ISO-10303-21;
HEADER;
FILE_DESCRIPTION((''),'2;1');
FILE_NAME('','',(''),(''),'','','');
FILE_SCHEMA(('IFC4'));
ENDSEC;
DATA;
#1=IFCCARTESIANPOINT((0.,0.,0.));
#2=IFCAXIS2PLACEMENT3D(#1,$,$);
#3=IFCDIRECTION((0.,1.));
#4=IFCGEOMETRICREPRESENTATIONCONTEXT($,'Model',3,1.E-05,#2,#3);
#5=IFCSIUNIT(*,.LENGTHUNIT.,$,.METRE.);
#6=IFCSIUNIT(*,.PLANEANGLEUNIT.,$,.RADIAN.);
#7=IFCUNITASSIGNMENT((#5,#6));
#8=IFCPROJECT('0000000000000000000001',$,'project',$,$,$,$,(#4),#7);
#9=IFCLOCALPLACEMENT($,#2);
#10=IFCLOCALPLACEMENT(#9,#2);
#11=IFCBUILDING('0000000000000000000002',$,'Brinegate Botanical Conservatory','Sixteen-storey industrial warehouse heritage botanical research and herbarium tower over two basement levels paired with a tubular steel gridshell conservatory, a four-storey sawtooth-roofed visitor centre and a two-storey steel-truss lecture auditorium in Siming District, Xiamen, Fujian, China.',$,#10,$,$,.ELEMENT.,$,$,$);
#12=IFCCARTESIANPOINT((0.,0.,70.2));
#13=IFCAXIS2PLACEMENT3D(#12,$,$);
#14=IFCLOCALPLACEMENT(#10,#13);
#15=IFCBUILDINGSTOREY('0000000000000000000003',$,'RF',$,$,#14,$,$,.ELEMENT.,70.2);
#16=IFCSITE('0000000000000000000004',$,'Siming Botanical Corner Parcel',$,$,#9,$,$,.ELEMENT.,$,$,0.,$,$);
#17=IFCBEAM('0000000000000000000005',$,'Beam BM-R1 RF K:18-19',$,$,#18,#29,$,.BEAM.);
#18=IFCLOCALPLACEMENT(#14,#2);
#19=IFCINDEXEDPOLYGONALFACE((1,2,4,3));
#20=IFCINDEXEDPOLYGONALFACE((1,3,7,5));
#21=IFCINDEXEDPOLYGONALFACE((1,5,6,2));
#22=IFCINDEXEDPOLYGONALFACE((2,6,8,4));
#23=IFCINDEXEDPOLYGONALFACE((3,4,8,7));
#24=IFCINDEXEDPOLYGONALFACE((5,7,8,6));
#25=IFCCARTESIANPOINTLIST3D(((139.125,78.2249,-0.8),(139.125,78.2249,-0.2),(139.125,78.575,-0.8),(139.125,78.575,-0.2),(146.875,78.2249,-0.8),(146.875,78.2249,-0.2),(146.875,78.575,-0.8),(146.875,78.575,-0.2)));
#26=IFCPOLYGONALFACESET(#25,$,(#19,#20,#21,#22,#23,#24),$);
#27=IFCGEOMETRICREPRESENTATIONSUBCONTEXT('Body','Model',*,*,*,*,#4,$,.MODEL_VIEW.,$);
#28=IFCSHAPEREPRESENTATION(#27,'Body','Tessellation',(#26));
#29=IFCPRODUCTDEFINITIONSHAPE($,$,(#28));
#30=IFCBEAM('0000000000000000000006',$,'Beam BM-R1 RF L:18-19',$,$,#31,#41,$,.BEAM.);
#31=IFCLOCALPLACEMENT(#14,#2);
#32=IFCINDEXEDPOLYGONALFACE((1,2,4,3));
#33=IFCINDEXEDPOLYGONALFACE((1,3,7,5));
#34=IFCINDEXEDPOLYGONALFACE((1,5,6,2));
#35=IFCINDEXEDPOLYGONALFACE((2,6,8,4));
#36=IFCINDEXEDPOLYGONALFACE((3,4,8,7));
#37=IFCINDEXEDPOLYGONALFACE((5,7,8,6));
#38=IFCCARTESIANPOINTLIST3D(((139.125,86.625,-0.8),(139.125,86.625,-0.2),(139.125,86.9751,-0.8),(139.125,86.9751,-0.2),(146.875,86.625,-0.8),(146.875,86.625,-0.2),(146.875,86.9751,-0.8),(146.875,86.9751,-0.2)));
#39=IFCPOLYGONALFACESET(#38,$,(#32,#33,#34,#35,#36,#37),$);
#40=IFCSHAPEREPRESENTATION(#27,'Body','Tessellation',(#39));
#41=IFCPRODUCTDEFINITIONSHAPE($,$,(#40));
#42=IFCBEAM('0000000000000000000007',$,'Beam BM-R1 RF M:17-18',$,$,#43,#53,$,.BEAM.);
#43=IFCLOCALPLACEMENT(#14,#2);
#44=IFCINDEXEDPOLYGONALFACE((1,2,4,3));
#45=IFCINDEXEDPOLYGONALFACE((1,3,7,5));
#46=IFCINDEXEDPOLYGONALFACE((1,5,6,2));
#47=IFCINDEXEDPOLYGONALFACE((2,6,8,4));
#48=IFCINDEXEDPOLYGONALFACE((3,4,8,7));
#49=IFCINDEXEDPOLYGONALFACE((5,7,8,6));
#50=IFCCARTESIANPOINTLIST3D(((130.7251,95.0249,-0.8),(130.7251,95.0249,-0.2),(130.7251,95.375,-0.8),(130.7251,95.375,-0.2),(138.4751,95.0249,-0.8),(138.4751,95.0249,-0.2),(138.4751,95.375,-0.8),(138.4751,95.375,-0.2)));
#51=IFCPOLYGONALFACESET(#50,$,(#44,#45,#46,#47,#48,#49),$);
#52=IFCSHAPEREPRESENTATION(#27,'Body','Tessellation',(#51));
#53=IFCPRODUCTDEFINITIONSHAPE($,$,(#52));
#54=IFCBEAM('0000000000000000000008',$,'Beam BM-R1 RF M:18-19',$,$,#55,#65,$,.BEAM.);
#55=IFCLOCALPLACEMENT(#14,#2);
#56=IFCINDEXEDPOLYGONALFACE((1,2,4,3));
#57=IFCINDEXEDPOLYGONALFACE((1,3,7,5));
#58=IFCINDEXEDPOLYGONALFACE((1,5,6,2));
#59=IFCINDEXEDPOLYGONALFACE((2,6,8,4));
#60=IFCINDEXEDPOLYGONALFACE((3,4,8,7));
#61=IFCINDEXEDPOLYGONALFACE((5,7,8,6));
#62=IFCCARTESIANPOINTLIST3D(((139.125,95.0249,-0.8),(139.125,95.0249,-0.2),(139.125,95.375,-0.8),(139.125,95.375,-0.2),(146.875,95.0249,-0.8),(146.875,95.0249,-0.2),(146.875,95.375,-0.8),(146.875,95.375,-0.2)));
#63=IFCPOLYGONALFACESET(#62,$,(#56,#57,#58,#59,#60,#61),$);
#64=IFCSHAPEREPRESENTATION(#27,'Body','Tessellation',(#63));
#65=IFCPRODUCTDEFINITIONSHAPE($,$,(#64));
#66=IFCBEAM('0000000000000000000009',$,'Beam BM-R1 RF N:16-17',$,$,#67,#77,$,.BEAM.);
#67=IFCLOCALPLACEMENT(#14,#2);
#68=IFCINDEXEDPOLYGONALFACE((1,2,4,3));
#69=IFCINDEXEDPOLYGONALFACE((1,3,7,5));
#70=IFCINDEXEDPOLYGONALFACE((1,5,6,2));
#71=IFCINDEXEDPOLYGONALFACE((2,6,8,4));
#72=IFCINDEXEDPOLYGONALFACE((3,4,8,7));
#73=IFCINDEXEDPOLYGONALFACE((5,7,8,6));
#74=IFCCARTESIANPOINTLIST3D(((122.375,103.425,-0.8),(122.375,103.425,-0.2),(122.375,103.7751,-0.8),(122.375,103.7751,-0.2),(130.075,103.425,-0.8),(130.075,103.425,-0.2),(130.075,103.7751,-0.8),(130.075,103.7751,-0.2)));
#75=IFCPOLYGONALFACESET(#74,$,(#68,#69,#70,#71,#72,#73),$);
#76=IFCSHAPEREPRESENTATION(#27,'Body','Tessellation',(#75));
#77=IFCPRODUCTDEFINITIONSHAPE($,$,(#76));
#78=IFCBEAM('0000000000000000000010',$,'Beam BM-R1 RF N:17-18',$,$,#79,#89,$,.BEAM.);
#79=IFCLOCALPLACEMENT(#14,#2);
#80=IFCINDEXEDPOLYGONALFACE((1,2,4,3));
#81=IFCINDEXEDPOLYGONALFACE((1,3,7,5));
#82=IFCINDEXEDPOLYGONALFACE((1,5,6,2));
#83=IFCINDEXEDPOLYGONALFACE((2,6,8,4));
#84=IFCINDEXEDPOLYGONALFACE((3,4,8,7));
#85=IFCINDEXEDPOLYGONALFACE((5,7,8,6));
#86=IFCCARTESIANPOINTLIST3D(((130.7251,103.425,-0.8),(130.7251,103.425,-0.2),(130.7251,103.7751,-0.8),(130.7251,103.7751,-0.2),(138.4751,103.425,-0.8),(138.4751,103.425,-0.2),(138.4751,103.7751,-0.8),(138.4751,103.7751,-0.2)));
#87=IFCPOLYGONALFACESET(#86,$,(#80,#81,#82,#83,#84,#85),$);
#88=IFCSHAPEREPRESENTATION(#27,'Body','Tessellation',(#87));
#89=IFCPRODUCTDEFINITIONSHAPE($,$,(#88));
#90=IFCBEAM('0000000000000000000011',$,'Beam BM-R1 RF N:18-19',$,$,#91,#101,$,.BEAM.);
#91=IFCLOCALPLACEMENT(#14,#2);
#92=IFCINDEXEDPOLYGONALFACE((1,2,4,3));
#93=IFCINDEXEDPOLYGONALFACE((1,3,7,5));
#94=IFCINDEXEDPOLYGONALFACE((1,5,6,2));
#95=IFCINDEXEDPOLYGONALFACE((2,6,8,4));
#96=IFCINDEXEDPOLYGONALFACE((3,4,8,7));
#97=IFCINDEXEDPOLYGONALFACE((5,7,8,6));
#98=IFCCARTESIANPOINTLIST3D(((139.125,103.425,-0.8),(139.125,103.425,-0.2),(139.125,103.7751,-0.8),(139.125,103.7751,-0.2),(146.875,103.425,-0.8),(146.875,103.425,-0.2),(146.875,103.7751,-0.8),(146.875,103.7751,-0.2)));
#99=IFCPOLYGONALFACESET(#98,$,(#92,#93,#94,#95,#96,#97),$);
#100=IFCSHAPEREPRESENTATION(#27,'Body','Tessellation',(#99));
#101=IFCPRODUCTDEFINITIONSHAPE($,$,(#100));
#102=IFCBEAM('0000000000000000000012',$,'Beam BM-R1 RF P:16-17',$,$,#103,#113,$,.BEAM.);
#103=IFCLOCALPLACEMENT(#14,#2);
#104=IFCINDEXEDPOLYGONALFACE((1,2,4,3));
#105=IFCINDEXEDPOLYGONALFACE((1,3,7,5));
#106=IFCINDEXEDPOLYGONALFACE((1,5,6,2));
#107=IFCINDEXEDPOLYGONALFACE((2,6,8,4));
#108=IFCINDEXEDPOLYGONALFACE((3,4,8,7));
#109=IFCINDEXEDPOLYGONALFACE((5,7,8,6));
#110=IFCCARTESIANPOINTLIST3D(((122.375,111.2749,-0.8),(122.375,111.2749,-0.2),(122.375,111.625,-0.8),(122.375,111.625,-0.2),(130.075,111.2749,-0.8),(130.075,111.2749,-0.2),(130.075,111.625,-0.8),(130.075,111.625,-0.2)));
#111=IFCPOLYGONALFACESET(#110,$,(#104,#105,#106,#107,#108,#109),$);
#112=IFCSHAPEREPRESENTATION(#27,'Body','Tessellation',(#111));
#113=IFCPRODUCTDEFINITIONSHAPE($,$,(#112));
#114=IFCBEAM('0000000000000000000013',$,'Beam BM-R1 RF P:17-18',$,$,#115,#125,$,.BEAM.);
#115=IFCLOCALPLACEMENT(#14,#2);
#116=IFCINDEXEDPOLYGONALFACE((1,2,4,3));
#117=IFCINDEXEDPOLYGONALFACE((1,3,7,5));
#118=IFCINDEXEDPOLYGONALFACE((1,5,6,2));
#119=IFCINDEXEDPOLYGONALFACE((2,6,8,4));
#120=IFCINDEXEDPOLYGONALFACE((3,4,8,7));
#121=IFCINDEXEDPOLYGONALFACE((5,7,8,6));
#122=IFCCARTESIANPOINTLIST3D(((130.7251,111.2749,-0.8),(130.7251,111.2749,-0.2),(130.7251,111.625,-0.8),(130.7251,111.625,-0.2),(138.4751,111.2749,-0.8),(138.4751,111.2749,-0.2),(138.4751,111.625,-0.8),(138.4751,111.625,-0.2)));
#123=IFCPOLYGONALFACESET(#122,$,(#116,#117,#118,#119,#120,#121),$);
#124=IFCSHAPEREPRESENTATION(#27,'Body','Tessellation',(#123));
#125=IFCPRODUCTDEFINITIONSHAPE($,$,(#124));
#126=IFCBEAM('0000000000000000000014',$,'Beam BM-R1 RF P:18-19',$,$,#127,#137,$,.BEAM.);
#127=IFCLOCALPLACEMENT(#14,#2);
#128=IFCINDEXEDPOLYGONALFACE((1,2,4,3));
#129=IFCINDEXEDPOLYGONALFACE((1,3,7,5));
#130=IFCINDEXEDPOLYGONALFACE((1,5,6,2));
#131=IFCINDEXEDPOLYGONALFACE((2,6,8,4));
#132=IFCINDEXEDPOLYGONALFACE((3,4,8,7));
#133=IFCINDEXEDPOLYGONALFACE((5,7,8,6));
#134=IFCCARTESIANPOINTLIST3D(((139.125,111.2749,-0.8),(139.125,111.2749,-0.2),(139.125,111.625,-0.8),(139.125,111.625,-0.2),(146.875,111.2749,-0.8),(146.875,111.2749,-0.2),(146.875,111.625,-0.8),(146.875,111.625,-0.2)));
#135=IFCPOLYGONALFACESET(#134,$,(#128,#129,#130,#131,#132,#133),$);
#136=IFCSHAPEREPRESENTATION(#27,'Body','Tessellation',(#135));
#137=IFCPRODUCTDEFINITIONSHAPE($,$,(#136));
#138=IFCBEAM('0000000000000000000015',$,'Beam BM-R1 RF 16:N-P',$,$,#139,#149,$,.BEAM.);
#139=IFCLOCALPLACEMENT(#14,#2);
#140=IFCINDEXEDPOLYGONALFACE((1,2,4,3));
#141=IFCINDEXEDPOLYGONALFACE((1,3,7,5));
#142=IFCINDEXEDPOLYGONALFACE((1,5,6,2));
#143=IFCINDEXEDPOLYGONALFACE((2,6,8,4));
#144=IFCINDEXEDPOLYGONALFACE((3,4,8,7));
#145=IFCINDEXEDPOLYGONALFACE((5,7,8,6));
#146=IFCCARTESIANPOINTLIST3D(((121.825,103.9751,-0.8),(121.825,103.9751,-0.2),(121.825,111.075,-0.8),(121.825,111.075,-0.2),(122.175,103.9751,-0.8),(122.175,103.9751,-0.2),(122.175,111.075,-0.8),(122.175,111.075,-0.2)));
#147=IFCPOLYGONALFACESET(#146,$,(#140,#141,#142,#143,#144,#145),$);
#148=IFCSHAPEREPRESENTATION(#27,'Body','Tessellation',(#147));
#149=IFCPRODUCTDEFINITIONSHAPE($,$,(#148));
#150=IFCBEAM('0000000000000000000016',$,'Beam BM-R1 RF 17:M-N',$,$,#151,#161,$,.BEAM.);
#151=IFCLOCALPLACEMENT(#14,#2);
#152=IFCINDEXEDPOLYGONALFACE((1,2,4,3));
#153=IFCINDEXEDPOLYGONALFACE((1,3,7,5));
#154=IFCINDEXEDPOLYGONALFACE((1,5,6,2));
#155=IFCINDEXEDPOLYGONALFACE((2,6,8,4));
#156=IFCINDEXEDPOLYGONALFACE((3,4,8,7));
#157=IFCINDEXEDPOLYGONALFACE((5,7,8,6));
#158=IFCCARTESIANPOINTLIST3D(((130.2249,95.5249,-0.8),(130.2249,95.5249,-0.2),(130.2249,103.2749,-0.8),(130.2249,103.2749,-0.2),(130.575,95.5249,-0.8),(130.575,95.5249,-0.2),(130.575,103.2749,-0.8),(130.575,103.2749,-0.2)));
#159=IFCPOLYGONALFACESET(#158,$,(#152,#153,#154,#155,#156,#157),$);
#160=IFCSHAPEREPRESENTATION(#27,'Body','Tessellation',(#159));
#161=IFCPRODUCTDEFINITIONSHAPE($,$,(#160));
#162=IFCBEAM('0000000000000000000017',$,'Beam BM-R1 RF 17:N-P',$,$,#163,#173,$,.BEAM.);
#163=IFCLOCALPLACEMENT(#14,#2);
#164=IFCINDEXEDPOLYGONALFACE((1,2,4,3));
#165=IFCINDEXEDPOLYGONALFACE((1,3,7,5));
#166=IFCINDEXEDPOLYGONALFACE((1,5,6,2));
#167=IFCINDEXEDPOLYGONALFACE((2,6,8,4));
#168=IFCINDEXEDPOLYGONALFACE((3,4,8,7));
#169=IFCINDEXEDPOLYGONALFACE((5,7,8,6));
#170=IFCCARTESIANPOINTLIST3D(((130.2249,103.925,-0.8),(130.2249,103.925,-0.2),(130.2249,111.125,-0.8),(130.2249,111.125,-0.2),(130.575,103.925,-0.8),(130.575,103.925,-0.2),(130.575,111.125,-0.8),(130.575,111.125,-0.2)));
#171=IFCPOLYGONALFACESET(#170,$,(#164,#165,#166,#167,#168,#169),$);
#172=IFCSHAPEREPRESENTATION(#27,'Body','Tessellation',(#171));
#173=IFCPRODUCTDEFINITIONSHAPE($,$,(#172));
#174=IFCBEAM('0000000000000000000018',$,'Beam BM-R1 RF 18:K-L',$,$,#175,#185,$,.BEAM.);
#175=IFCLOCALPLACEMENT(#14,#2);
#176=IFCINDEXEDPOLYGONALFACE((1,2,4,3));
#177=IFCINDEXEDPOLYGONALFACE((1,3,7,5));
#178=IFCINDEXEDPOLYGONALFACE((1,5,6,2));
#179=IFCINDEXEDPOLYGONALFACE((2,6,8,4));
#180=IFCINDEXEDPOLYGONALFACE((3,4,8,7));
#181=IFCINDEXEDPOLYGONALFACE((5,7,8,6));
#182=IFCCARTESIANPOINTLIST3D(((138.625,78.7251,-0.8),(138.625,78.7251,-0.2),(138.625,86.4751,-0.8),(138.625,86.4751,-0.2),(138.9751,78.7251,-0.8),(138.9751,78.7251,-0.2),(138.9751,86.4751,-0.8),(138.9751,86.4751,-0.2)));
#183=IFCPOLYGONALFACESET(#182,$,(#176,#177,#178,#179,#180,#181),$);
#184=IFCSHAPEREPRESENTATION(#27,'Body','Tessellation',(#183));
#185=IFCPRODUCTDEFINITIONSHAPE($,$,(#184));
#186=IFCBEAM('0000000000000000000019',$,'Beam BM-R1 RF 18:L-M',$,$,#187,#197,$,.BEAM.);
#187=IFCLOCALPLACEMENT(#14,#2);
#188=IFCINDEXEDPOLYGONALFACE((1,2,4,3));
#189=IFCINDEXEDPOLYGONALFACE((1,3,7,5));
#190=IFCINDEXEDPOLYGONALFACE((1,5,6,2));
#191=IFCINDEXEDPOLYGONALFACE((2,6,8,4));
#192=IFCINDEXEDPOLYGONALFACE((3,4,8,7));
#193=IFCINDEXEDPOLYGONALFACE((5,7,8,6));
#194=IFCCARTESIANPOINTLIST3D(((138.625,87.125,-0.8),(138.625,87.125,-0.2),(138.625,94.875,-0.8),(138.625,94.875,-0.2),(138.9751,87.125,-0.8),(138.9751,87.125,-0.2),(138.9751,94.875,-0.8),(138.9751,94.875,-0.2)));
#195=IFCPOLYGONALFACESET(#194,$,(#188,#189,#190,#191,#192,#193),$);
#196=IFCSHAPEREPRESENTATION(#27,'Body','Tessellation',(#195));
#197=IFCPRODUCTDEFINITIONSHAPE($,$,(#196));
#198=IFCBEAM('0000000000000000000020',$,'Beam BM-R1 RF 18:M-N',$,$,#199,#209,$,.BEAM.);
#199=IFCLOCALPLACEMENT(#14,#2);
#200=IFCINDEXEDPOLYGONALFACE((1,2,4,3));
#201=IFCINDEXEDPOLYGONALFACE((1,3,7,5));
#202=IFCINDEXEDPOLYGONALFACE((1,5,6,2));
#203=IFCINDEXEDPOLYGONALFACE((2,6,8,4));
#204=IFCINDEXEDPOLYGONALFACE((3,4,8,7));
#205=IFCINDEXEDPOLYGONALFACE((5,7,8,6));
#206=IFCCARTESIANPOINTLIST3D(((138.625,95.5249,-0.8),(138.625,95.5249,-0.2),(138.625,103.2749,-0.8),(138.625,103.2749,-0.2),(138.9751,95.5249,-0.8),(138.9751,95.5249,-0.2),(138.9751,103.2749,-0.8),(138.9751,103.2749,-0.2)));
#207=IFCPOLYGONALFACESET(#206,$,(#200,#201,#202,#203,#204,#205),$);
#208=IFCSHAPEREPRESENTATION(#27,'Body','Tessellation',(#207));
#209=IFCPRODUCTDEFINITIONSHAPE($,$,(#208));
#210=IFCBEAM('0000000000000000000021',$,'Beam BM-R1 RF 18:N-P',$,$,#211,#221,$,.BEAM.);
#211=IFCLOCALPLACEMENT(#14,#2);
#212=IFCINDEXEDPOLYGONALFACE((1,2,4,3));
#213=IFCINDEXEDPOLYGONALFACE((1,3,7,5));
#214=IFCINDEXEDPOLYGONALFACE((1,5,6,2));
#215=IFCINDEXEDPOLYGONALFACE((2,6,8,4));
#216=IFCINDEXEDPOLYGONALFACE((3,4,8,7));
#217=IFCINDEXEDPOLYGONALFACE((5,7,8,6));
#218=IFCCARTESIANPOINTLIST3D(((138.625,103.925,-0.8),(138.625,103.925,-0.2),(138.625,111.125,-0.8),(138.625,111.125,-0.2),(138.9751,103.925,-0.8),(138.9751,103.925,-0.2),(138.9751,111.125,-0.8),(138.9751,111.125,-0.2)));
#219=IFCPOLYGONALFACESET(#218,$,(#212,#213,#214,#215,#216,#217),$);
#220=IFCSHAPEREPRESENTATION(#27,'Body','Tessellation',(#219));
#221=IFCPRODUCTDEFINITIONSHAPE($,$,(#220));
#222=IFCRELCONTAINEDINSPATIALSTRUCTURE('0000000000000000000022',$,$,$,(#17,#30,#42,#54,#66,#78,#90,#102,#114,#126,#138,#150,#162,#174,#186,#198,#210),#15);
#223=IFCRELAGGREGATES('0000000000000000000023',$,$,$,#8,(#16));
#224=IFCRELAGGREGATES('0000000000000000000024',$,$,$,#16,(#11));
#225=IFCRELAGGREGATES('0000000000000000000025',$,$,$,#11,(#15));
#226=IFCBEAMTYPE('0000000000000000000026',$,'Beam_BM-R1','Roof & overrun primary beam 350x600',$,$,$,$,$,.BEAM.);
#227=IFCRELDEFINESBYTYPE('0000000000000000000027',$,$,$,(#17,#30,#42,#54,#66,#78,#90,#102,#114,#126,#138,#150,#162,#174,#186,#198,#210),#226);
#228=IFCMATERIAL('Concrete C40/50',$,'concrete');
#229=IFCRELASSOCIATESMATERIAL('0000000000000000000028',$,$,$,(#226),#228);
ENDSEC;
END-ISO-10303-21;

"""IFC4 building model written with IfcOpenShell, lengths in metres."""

from ifc_helpers import new_model, si_unit, direction, frame, origin, origin_2d, place, context, subcontext, project, spatial, rectangle, extrude, material, material_profile, profile_set, type_object, element, save


model = new_model("IFC4")

# Units and contexts
model_context = context("Model", 3, precision=1e-05, world=origin(), true_north=direction((0.0, 1.0)))
body_context = subcontext(model_context, "Body", "Model", "MODEL_VIEW")
ifc_project = project(units=[si_unit("LENGTHUNIT", "METRE"), si_unit("PLANEANGLEUNIT", "RADIAN")], contexts=[model_context])

# Site, building, storey
site_placement = place(None, origin())
site = spatial("IfcSite", under=ifc_project, at=site_placement, Name="Siming Botanical Corner Parcel", CompositionType="ELEMENT", RefElevation=0.0)
building_placement = place(site_placement, origin())
building = spatial("IfcBuilding", under=site, at=building_placement, Name="Brinegate Botanical Conservatory", Description="Sixteen-storey industrial warehouse heritage botanical research and herbarium tower over two basement levels paired with a tubular steel gridshell conservatory, a four-storey sawtooth-roofed visitor centre and a two-storey steel-truss lecture auditorium in Siming District, Xiamen, Fujian, China.", CompositionType="ELEMENT")
storey_placement = place(building_placement, frame((0.0, 0.0, 70.2)))
storey = spatial("IfcBuildingStorey", under=building, at=storey_placement, Name="RF", CompositionType="ELEMENT", Elevation=70.2)

# Beams
ifc_material_1 = material(Name="Concrete C40/50", Category="concrete")
ifc_material_profile_1 = material_profile(ifc_material_1, rectangle(XDim=0.3501, YDim=0.6001, at=origin_2d()), Name="RC BM 350x600")
ifc_profile_set_1 = profile_set([ifc_material_profile_1], Name="Concrete C40/50")
beam_type_1 = type_object("IfcBeamType", Name="Beam_BM-R1", Description="Roof & overrun primary beam 350x600", PredefinedType="BEAM", material=ifc_profile_set_1)
for number, where, z_axis, x_axis, name in (
    (1, (139.125, 78.3999, -0.5), (1.0, 0.0, 0.0), (0.0, 1.0, 0.0), "Beam BM-R1 RF K:18-19"),
    (2, (139.125, 86.8, -0.5), (1.0, 0.0, 0.0), (0.0, 1.0, 0.0), "Beam BM-R1 RF L:18-19"),
    (3, (130.7251, 95.2, -0.5), (1.0, 0.0, 0.0), (0.0, 1.0, 0.0), "Beam BM-R1 RF M:17-18"),
    (4, (139.125, 95.2, -0.5), (1.0, 0.0, 0.0), (0.0, 1.0, 0.0), "Beam BM-R1 RF M:18-19"),
):
    element("IfcBeam", number, at=place(storey_placement, frame(where, z_axis=z_axis, x_axis=x_axis)), inside=storey, type_object=beam_type_1, Name=name, PredefinedType="BEAM", context=body_context, shape_type="SweptSolid", body=[
        extrude(rectangle(XDim=0.3501, YDim=0.6001, at=origin_2d()), origin(), (0.0, 0.0, 1.0), 7.75),
    ])
beam_1_placement = place(storey_placement, frame((122.375, 103.6001, -0.5), z_axis=(1.0, 0.0, 0.0), x_axis=(0.0, 1.0, 0.0)))
element("IfcBeam", 5, at=beam_1_placement, inside=storey, type_object=beam_type_1, Name="Beam BM-R1 RF N:16-17", PredefinedType="BEAM", context=body_context, shape_type="SweptSolid", body=[
    extrude(rectangle(XDim=0.3501, YDim=0.6001, at=origin_2d()), origin(), (0.0, 0.0, 1.0), 7.7),
])
for number, where, z_axis, x_axis, name in (
    (6, (130.7251, 103.6001, -0.5), (1.0, 0.0, 0.0), (0.0, 1.0, 0.0), "Beam BM-R1 RF N:17-18"),
    (7, (139.125, 103.6001, -0.5), (1.0, 0.0, 0.0), (0.0, 1.0, 0.0), "Beam BM-R1 RF N:18-19"),
):
    element("IfcBeam", number, at=place(storey_placement, frame(where, z_axis=z_axis, x_axis=x_axis)), inside=storey, type_object=beam_type_1, Name=name, PredefinedType="BEAM", context=body_context, shape_type="SweptSolid", body=[
        extrude(rectangle(XDim=0.3501, YDim=0.6001, at=origin_2d()), origin(), (0.0, 0.0, 1.0), 7.75),
    ])
beam_2_placement = place(storey_placement, frame((122.375, 111.45, -0.5), z_axis=(1.0, 0.0, 0.0), x_axis=(0.0, 1.0, 0.0)))
element("IfcBeam", 8, at=beam_2_placement, inside=storey, type_object=beam_type_1, Name="Beam BM-R1 RF P:16-17", PredefinedType="BEAM", context=body_context, shape_type="SweptSolid", body=[
    extrude(rectangle(XDim=0.3501, YDim=0.6001, at=origin_2d()), origin(), (0.0, 0.0, 1.0), 7.7),
])
for number, where, z_axis, x_axis, name in (
    (9, (130.7251, 111.45, -0.5), (1.0, 0.0, 0.0), (0.0, 1.0, 0.0), "Beam BM-R1 RF P:17-18"),
    (10, (139.125, 111.45, -0.5), (1.0, 0.0, 0.0), (0.0, 1.0, 0.0), "Beam BM-R1 RF P:18-19"),
):
    element("IfcBeam", number, at=place(storey_placement, frame(where, z_axis=z_axis, x_axis=x_axis)), inside=storey, type_object=beam_type_1, Name=name, PredefinedType="BEAM", context=body_context, shape_type="SweptSolid", body=[
        extrude(rectangle(XDim=0.3501, YDim=0.6001, at=origin_2d()), origin(), (0.0, 0.0, 1.0), 7.75),
    ])
beam_3_placement = place(storey_placement, frame((122.0, 103.9751, -0.5), z_axis=(0.0, 1.0, 0.0), x_axis=(-1.0, 0.0, 0.0)))
element("IfcBeam", 11, at=beam_3_placement, inside=storey, type_object=beam_type_1, Name="Beam BM-R1 RF 16:N-P", PredefinedType="BEAM", context=body_context, shape_type="SweptSolid", body=[
    extrude(rectangle(XDim=0.3501, YDim=0.6001, at=origin_2d()), origin(), (0.0, 0.0, 1.0), 7.0999),
])
beam_4_placement = place(storey_placement, frame((130.3999, 95.5249, -0.5), z_axis=(0.0, 1.0, 0.0), x_axis=(-1.0, 0.0, 0.0)))
element("IfcBeam", 12, at=beam_4_placement, inside=storey, type_object=beam_type_1, Name="Beam BM-R1 RF 17:M-N", PredefinedType="BEAM", context=body_context, shape_type="SweptSolid", body=[
    extrude(rectangle(XDim=0.3501, YDim=0.6001, at=origin_2d()), origin(), (0.0, 0.0, 1.0), 7.75),
])
beam_5_placement = place(storey_placement, frame((130.3999, 103.925, -0.5), z_axis=(0.0, 1.0, 0.0), x_axis=(-1.0, 0.0, 0.0)))
element("IfcBeam", 13, at=beam_5_placement, inside=storey, type_object=beam_type_1, Name="Beam BM-R1 RF 17:N-P", PredefinedType="BEAM", context=body_context, shape_type="SweptSolid", body=[
    extrude(rectangle(XDim=0.3501, YDim=0.6001, at=origin_2d()), origin(), (0.0, 0.0, 1.0), 7.2),
])
for number, where, z_axis, x_axis, name in (
    (14, (138.8, 78.7251, -0.5), (0.0, 1.0, 0.0), (-1.0, 0.0, 0.0), "Beam BM-R1 RF 18:K-L"),
    (15, (138.8, 87.125, -0.5), (0.0, 1.0, 0.0), (-1.0, 0.0, 0.0), "Beam BM-R1 RF 18:L-M"),
    (16, (138.8, 95.5249, -0.5), (0.0, 1.0, 0.0), (-1.0, 0.0, 0.0), "Beam BM-R1 RF 18:M-N"),
):
    element("IfcBeam", number, at=place(storey_placement, frame(where, z_axis=z_axis, x_axis=x_axis)), inside=storey, type_object=beam_type_1, Name=name, PredefinedType="BEAM", context=body_context, shape_type="SweptSolid", body=[
        extrude(rectangle(XDim=0.3501, YDim=0.6001, at=origin_2d()), origin(), (0.0, 0.0, 1.0), 7.75),
    ])
beam_6_placement = place(storey_placement, frame((138.8, 103.925, -0.5), z_axis=(0.0, 1.0, 0.0), x_axis=(-1.0, 0.0, 0.0)))
element("IfcBeam", 17, at=beam_6_placement, inside=storey, type_object=beam_type_1, Name="Beam BM-R1 RF 18:N-P", PredefinedType="BEAM", context=body_context, shape_type="SweptSolid", body=[
    extrude(rectangle(XDim=0.3501, YDim=0.6001, at=origin_2d()), origin(), (0.0, 0.0, 1.0), 7.2),
])

save(model, "model.ifc")
